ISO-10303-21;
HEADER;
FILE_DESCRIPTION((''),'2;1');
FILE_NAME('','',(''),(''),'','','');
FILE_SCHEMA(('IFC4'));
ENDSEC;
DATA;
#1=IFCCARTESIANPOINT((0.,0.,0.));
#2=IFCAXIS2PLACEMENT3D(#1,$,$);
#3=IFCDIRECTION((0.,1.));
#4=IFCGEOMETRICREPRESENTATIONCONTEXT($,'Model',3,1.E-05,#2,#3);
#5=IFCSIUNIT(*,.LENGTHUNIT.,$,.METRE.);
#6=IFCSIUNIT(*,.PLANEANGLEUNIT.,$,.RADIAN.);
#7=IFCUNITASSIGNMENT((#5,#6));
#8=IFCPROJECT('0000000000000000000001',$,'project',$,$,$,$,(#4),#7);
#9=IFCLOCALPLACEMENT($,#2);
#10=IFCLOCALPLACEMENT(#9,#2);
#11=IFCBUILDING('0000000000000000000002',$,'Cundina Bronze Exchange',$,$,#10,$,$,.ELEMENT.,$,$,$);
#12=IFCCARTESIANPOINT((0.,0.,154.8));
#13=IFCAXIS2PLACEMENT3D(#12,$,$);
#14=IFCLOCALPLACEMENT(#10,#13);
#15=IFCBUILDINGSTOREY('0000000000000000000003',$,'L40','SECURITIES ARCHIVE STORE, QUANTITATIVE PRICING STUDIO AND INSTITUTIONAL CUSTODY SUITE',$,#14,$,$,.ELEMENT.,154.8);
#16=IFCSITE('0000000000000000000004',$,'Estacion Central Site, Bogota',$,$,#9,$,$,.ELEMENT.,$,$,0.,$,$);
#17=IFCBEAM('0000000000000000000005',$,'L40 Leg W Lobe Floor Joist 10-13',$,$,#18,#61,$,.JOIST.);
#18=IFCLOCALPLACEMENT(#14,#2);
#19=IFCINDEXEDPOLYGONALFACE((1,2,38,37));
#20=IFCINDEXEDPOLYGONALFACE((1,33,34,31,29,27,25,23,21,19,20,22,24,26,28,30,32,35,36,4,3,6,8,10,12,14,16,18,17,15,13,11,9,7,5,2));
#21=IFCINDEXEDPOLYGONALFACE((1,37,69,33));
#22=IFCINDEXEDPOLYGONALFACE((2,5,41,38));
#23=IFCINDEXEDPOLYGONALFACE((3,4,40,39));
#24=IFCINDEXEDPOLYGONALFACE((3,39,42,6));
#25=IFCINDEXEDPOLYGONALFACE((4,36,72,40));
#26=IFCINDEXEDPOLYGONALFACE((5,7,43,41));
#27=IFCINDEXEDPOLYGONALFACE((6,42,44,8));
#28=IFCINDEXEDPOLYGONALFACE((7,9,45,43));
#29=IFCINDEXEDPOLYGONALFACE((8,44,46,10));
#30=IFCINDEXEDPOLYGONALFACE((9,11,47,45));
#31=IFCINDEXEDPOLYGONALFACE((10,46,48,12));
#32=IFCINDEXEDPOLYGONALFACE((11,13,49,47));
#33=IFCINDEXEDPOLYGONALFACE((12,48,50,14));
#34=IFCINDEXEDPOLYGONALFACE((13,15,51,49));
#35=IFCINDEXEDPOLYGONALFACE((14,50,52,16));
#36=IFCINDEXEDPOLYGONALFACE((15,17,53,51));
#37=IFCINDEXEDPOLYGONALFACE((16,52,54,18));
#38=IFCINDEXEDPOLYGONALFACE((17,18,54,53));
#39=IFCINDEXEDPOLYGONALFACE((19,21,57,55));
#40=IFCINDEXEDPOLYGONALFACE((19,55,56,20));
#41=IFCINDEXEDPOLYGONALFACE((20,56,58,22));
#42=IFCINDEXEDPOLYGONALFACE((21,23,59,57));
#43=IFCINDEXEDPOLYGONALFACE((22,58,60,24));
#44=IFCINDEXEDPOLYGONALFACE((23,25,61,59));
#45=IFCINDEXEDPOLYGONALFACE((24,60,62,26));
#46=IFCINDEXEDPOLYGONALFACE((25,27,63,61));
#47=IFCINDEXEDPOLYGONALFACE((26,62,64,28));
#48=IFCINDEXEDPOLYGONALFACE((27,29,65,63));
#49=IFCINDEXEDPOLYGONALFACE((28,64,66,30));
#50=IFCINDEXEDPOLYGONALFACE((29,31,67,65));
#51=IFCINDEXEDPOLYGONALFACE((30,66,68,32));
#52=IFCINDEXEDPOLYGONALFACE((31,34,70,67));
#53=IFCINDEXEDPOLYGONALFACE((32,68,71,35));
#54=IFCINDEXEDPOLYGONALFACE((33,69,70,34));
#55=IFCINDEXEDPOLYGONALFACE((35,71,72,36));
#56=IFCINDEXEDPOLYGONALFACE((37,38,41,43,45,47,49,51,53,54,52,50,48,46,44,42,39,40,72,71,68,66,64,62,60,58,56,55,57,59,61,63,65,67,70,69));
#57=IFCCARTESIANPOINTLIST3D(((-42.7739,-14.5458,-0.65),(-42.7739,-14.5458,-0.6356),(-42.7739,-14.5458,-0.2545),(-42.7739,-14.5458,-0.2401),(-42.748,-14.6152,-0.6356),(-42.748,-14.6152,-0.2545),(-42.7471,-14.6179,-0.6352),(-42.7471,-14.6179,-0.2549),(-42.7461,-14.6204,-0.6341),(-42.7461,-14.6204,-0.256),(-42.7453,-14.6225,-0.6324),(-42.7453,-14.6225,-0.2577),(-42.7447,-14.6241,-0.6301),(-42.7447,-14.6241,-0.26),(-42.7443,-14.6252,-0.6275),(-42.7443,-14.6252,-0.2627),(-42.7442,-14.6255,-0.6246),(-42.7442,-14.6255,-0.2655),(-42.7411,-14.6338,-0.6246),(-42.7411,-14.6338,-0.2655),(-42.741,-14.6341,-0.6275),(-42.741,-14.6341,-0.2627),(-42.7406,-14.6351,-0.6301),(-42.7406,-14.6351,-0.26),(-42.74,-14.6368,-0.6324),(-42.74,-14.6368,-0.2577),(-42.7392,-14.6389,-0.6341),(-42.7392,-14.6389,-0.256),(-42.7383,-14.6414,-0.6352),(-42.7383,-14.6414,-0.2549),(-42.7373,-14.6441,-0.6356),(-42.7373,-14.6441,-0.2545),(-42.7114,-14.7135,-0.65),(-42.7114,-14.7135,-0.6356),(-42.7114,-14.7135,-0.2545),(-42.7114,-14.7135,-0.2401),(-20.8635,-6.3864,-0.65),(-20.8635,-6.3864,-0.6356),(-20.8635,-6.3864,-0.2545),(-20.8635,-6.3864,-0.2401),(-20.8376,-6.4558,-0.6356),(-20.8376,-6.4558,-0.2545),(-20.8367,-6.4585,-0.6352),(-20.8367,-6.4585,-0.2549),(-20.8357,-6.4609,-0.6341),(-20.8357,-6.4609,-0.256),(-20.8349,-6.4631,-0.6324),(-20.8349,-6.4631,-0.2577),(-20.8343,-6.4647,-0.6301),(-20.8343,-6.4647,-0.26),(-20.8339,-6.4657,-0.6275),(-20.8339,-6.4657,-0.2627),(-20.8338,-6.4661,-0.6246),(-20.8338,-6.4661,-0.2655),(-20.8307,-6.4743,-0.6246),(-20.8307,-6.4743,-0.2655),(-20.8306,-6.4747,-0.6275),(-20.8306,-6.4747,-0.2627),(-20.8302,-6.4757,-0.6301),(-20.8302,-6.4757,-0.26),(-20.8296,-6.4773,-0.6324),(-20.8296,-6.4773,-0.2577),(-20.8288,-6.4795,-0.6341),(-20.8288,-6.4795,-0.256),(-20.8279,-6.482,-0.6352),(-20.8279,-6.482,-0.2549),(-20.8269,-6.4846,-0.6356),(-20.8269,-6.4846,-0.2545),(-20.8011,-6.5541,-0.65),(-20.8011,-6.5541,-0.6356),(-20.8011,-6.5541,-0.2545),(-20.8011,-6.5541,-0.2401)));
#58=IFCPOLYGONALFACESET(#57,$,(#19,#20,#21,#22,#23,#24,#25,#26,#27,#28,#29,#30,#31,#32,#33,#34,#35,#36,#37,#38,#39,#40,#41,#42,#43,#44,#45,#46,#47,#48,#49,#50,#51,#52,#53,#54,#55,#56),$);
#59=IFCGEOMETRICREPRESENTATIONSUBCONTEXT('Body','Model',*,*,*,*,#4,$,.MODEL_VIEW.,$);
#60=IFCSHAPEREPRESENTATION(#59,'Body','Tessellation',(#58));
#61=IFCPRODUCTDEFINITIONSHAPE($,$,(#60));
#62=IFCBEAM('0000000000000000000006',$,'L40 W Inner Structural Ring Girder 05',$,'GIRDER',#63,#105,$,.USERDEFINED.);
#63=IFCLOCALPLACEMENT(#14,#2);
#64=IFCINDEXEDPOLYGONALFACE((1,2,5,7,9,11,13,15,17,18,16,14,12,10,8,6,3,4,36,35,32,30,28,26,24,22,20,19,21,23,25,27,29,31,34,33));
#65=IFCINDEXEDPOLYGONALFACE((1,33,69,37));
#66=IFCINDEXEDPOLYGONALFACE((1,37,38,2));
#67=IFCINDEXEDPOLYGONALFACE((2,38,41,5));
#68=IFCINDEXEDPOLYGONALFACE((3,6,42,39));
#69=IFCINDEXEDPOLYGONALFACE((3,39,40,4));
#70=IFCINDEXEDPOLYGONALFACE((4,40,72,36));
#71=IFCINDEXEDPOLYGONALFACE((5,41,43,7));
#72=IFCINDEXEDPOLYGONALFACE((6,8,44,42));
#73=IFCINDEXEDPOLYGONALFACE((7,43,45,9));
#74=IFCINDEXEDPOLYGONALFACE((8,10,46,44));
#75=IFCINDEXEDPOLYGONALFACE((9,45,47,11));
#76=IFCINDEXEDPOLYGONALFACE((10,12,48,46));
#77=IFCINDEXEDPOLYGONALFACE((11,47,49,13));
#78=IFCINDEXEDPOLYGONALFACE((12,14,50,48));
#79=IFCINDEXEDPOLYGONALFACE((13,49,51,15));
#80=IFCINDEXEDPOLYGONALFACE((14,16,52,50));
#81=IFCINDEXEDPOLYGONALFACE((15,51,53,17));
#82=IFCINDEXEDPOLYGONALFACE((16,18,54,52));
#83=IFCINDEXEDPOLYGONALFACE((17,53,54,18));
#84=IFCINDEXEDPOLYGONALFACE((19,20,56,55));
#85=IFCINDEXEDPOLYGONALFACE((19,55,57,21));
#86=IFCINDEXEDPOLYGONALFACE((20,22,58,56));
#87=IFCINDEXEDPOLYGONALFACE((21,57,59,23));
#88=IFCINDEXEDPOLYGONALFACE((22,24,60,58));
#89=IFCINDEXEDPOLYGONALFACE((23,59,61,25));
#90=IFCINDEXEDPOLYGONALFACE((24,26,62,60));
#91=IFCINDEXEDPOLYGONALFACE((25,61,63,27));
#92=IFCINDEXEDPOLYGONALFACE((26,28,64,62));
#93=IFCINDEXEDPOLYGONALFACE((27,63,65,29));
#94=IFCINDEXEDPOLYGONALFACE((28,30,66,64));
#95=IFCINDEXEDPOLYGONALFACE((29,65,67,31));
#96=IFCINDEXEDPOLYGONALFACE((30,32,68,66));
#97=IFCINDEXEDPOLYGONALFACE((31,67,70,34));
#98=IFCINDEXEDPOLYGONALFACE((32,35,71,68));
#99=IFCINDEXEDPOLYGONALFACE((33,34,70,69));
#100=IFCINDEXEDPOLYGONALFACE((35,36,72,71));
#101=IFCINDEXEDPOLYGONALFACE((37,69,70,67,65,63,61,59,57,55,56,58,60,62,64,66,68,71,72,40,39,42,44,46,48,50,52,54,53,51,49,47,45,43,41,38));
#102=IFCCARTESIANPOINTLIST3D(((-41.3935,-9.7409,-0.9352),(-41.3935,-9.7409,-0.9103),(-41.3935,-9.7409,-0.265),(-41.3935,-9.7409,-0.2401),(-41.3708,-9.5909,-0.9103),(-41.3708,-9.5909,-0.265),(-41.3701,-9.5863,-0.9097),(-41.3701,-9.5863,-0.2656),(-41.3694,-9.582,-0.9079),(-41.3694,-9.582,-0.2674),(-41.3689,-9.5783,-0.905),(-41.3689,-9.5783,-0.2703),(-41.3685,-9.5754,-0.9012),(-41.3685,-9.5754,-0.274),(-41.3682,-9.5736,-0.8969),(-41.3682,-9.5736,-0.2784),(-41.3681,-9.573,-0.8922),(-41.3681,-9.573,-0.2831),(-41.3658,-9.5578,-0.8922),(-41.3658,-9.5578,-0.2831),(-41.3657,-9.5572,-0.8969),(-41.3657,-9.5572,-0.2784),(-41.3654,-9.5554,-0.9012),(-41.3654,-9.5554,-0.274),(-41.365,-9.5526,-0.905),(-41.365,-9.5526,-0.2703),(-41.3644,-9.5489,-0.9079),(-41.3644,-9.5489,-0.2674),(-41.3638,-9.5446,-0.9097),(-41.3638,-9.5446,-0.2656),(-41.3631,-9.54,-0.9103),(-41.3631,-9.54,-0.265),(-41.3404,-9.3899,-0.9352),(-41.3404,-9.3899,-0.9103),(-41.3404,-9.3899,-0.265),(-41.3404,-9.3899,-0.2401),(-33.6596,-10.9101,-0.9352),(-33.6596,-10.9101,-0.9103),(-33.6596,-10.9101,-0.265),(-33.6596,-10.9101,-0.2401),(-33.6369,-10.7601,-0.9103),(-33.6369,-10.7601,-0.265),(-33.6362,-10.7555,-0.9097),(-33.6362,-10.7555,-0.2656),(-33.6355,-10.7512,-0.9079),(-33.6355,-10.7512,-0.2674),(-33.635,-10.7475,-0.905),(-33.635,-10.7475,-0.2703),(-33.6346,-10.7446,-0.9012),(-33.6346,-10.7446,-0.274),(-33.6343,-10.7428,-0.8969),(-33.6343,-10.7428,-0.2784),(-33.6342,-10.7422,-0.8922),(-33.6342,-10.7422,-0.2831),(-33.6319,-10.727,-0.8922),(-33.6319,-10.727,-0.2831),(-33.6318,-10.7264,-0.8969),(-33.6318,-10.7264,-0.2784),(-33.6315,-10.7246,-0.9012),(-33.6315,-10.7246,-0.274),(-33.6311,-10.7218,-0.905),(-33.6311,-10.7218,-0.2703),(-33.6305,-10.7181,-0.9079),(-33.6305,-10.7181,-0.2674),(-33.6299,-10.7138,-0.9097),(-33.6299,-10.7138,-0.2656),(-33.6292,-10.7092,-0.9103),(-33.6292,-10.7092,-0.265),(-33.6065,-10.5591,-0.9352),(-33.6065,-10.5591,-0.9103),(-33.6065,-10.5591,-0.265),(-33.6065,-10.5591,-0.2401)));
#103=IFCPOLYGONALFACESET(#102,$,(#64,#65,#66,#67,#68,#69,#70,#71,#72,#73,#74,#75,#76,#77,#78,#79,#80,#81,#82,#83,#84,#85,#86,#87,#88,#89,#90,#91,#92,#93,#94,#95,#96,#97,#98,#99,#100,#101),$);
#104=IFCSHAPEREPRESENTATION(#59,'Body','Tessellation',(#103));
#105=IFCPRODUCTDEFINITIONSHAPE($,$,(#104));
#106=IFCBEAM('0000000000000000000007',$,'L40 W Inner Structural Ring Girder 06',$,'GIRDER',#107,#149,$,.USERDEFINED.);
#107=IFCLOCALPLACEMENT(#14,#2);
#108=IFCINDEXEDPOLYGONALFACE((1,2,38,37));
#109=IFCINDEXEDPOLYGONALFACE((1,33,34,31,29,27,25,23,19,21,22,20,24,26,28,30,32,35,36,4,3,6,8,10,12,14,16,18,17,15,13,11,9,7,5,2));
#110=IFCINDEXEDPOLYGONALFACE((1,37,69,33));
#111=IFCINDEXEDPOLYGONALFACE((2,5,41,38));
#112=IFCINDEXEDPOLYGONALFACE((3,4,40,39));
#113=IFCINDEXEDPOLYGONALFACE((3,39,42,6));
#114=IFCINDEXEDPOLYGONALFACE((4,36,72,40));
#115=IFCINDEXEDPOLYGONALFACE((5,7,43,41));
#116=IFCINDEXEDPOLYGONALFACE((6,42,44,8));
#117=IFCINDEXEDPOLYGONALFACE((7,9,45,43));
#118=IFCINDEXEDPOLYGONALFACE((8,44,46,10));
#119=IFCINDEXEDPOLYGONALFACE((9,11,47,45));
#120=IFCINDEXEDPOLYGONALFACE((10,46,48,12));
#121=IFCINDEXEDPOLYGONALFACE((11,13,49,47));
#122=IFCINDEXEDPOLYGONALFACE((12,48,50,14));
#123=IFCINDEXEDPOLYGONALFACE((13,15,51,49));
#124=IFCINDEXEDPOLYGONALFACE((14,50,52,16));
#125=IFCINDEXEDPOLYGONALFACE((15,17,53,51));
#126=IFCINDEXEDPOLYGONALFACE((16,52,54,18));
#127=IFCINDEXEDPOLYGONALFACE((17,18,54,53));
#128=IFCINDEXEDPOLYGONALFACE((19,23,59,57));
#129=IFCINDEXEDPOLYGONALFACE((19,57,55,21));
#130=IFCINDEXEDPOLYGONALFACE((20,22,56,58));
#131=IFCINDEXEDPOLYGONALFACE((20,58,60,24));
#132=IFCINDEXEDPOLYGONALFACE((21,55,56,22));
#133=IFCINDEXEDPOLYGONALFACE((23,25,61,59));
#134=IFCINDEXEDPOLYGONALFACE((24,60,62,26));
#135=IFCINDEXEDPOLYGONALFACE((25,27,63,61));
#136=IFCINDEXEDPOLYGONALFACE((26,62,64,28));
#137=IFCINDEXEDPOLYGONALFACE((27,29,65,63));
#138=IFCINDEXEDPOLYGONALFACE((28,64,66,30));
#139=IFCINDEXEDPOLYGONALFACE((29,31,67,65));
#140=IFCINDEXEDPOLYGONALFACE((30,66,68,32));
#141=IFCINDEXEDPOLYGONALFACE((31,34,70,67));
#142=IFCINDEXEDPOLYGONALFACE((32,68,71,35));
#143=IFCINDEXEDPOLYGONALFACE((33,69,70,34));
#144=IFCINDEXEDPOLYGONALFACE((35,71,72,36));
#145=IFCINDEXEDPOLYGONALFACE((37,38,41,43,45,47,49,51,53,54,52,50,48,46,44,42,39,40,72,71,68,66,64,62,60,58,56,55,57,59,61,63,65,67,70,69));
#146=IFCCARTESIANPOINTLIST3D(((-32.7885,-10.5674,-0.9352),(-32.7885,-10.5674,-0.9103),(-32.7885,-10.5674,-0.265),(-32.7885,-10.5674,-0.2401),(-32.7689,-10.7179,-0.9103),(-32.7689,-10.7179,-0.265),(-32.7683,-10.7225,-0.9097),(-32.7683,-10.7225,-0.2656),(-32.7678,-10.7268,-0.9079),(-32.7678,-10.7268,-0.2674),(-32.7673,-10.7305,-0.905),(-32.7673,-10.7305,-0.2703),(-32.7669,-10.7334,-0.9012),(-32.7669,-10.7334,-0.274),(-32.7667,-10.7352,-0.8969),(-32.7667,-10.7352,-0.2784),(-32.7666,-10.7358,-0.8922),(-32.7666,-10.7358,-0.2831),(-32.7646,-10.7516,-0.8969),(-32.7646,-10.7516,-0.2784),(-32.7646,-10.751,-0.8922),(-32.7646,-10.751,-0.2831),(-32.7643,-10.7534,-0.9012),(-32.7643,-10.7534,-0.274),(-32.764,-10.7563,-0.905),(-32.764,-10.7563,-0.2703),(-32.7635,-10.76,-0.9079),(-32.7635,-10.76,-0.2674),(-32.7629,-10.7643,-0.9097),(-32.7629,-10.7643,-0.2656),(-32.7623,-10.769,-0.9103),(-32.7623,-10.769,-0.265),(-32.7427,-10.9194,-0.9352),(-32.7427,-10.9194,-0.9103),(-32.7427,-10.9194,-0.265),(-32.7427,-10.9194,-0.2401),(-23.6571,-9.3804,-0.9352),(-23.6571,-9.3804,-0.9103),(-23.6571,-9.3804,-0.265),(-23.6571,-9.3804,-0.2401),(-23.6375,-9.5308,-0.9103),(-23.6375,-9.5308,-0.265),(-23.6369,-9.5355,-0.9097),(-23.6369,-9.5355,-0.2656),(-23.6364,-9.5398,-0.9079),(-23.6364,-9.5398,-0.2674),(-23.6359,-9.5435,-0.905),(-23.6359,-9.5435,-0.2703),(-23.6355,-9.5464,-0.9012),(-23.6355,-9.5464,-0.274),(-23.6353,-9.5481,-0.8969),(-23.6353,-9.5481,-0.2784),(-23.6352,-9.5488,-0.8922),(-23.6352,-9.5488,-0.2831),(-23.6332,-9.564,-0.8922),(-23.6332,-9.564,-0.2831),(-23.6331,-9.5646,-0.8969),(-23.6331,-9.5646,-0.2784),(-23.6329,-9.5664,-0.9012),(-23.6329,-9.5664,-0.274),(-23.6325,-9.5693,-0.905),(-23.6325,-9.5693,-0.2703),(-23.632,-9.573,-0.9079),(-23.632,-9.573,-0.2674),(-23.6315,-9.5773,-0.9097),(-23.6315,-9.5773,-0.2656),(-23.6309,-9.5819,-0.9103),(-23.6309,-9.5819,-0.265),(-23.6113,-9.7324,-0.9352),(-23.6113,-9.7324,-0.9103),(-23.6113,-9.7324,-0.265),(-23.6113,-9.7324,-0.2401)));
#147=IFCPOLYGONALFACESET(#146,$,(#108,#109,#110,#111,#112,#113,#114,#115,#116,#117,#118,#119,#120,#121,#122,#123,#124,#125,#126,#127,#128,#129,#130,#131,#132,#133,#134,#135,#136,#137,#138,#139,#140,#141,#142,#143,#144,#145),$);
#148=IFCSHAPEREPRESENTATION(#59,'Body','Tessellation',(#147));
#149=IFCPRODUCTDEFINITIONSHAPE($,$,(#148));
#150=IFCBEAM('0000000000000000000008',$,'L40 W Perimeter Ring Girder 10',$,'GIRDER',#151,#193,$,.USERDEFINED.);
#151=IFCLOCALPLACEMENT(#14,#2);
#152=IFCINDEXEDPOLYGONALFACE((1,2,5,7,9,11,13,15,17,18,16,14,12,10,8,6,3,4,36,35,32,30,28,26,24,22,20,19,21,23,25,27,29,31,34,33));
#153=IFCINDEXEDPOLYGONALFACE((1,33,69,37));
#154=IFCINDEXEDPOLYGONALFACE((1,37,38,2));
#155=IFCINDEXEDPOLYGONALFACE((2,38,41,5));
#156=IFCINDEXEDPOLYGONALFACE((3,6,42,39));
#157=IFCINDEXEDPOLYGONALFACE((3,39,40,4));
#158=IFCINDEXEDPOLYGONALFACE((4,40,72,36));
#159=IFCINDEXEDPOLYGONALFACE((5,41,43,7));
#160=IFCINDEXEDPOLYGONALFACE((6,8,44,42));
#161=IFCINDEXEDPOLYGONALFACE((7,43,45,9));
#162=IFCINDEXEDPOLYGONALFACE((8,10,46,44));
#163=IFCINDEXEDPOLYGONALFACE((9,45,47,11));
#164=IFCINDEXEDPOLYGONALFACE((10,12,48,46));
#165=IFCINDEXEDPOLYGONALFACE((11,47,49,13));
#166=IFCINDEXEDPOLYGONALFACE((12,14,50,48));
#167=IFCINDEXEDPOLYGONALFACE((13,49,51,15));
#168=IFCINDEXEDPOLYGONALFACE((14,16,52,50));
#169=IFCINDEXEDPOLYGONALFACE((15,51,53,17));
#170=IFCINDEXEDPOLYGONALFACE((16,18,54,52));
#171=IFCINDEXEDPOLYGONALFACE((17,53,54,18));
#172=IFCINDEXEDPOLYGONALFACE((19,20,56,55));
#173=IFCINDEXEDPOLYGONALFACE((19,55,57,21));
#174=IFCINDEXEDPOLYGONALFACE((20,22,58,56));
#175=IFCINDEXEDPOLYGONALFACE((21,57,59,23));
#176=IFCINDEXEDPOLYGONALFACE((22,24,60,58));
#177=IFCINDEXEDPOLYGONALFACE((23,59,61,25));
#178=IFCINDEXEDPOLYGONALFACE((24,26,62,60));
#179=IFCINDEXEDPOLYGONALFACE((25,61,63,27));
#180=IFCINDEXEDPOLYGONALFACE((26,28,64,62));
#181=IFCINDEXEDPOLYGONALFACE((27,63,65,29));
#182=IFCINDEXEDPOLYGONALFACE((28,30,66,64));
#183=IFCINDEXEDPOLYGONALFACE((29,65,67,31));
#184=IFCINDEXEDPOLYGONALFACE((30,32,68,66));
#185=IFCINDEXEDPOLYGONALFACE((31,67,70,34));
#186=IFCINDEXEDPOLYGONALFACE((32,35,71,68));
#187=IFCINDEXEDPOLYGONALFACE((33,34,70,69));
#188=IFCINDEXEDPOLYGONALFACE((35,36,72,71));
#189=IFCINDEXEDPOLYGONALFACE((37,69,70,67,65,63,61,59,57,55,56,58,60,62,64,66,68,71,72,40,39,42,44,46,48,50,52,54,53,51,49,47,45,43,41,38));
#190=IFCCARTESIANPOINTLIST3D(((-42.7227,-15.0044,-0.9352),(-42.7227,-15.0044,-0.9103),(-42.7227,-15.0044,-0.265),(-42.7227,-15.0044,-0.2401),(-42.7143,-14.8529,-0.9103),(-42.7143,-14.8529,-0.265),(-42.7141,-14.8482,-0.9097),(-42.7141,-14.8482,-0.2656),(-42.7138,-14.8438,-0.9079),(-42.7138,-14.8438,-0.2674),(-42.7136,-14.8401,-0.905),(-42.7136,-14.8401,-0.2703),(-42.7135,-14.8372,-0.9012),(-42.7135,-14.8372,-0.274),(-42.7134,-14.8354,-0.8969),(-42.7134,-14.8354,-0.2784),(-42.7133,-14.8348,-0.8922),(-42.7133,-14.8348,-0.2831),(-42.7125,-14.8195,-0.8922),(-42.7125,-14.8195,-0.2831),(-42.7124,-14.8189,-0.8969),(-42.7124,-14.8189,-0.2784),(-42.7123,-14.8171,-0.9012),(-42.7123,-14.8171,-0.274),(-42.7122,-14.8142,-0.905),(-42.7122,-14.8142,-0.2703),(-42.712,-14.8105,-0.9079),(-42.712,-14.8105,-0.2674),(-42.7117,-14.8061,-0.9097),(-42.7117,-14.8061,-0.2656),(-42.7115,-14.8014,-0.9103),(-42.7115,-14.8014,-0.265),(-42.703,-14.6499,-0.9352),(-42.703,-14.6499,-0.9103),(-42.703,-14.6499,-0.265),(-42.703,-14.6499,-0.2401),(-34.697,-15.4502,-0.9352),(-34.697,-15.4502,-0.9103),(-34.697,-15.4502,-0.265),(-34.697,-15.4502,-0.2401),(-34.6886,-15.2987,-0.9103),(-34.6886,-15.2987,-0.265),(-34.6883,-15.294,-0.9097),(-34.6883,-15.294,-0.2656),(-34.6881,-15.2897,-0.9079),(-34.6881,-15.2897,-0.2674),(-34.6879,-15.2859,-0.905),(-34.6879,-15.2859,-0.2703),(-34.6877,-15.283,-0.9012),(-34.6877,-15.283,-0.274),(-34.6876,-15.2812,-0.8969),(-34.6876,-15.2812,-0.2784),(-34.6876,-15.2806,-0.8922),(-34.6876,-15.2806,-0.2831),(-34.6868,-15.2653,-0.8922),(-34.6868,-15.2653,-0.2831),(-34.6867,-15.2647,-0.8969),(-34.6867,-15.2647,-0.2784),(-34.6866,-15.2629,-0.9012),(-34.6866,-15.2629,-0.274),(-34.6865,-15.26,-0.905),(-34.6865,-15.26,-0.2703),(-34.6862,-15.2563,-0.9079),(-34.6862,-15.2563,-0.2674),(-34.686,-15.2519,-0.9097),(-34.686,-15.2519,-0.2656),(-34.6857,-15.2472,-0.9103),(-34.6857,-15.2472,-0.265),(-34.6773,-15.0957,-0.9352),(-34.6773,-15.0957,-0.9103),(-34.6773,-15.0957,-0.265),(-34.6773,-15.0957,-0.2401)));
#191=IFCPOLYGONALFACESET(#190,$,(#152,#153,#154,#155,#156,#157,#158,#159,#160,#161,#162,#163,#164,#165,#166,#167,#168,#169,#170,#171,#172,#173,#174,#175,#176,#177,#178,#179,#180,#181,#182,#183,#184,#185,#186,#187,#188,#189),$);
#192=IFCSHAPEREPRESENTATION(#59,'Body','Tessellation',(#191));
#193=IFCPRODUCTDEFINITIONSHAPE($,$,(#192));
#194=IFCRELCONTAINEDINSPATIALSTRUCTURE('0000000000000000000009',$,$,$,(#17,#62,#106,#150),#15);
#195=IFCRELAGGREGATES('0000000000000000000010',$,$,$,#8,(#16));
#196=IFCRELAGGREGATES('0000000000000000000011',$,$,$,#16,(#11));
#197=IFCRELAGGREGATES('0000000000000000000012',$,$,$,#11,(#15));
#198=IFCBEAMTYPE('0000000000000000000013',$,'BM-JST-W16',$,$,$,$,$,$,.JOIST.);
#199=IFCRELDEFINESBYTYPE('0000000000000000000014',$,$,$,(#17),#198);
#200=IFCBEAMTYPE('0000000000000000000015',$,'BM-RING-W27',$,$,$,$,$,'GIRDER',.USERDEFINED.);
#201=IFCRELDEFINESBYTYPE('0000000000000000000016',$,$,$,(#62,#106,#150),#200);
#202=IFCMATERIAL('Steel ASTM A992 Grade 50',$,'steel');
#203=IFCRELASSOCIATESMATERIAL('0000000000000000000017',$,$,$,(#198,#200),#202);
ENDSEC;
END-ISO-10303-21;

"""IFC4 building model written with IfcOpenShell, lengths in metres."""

from ifc_helpers import new_model, si_unit, direction, frame, origin, origin_2d, place, context, subcontext, project, spatial, i_section, extrude, material, material_profile, profile_set, type_object, element, save


model = new_model("IFC4")

# Units and contexts
model_context = context("Model", 3, precision=1e-05, world=origin(), true_north=direction((0.0, 1.0)))
body_context = subcontext(model_context, "Body", "Model", "MODEL_VIEW")
ifc_project = project(units=[si_unit("LENGTHUNIT", "METRE"), si_unit("PLANEANGLEUNIT", "RADIAN")], contexts=[model_context])

# Site, building, storey
site_placement = place(None, origin())
site = spatial("IfcSite", under=ifc_project, at=site_placement, Name="Estacion Central Site, Bogota", CompositionType="ELEMENT", RefElevation=0.0)
building_placement = place(site_placement, origin())
building = spatial("IfcBuilding", under=site, at=building_placement, Name="Cundina Bronze Exchange", CompositionType="ELEMENT")
storey_placement = place(building_placement, frame((0.0, 0.0, 154.8)))
storey = spatial("IfcBuildingStorey", under=building, at=storey_placement, Name="L40", Description="SECURITIES ARCHIVE STORE, QUANTITATIVE PRICING STUDIO AND INSTITUTIONAL CUSTODY SUITE", CompositionType="ELEMENT", Elevation=154.8)

# Beams
ifc_material_1 = material(Name="Steel ASTM A992 Grade 50", Category="steel")
ifc_material_profile_1 = material_profile(ifc_material_1, i_section(OverallWidth=0.179, OverallDepth=0.4099, WebThickness=0.0088, FlangeThickness=0.0144, FilletRadius=0.011, at=origin_2d()), Name="W16X45", Category="steel")
ifc_profile_set_1 = profile_set([ifc_material_profile_1], Name="Steel ASTM A992 Grade 50")
beam_type_1 = type_object("IfcBeamType", Name="BM-JST-W16", PredefinedType="JOIST", material=ifc_profile_set_1)
beam_1_placement = place(storey_placement, frame((-42.7427, -14.6296, -0.4451), z_axis=(0.937128, 0.348986, 0.0), x_axis=(-0.348986, 0.937128, 0.0)))
element("IfcBeam", 1, at=beam_1_placement, inside=storey, type_object=beam_type_1, Name="L40 Leg W Lobe Floor Joist 10-13", PredefinedType="JOIST", context=body_context, shape_type="SweptSolid", body=[
    extrude(i_section(OverallWidth=0.179, OverallDepth=0.4099, WebThickness=0.0088, FlangeThickness=0.0144, FilletRadius=0.011, at=origin_2d()), origin(), (0.0, 0.0, 1.0), 23.3804),
])
ifc_material_profile_2 = material_profile(ifc_material_1, i_section(OverallWidth=0.355, OverallDepth=0.6951, WebThickness=0.0154, FlangeThickness=0.0249, FilletRadius=0.0181, at=origin_2d()), Name="W27X146", Category="steel")
ifc_profile_set_2 = profile_set([ifc_material_profile_2], Name="Steel ASTM A992 Grade 50")
beam_type_2 = type_object("IfcBeamType", Name="BM-RING-W27", ElementType="GIRDER", PredefinedType="USERDEFINED", material=ifc_profile_set_2)
beam_2_placement = place(storey_placement, frame((-41.3669, -9.5654, -0.5876), z_axis=(0.988765, -0.149479, 0.0), x_axis=(0.149479, 0.988765, 0.0)))
element("IfcBeam", 2, at=beam_2_placement, inside=storey, type_object=beam_type_2, Name="L40 W Inner Structural Ring Girder 05", ObjectType="GIRDER", PredefinedType="USERDEFINED", context=body_context, shape_type="SweptSolid", body=[
    extrude(i_section(OverallWidth=0.355, OverallDepth=0.6951, WebThickness=0.0154, FlangeThickness=0.0249, FilletRadius=0.0181, at=origin_2d()), origin(), (0.0, 0.0, 1.0), 7.8218),
])
beam_3_placement = place(storey_placement, frame((-32.7656, -10.7434, -0.5876), z_axis=(0.991656, 0.128908, 0.0), x_axis=(-0.128908, 0.991656, 0.0)))
element("IfcBeam", 3, at=beam_3_placement, inside=storey, type_object=beam_type_2, Name="L40 W Inner Structural Ring Girder 06", ObjectType="GIRDER", PredefinedType="USERDEFINED", context=body_context, shape_type="SweptSolid", body=[
    extrude(i_section(OverallWidth=0.355, OverallDepth=0.6951, WebThickness=0.0154, FlangeThickness=0.0249, FilletRadius=0.0181, at=origin_2d()), origin(), (0.0, 0.0, 1.0), 9.2083),
])
for number, where, z_axis, x_axis, name in (
    (4, (-42.7129, -14.8271, -0.5876), (0.998461, -0.055462, 0.0), (0.055462, 0.998461, 0.0), "L40 W Perimeter Ring Girder 10"),
):
    element("IfcBeam", number, at=place(storey_placement, frame(where, z_axis=z_axis, x_axis=x_axis)), inside=storey, type_object=beam_type_2, Name=name, ObjectType="GIRDER", PredefinedType="USERDEFINED", context=body_context, shape_type="SweptSolid", body=[
        extrude(i_section(OverallWidth=0.355, OverallDepth=0.6951, WebThickness=0.0154, FlangeThickness=0.0249, FilletRadius=0.0181, at=origin_2d()), origin(), (0.0, 0.0, 1.0), 8.0381),
    ])

save(model, "model.ifc")
